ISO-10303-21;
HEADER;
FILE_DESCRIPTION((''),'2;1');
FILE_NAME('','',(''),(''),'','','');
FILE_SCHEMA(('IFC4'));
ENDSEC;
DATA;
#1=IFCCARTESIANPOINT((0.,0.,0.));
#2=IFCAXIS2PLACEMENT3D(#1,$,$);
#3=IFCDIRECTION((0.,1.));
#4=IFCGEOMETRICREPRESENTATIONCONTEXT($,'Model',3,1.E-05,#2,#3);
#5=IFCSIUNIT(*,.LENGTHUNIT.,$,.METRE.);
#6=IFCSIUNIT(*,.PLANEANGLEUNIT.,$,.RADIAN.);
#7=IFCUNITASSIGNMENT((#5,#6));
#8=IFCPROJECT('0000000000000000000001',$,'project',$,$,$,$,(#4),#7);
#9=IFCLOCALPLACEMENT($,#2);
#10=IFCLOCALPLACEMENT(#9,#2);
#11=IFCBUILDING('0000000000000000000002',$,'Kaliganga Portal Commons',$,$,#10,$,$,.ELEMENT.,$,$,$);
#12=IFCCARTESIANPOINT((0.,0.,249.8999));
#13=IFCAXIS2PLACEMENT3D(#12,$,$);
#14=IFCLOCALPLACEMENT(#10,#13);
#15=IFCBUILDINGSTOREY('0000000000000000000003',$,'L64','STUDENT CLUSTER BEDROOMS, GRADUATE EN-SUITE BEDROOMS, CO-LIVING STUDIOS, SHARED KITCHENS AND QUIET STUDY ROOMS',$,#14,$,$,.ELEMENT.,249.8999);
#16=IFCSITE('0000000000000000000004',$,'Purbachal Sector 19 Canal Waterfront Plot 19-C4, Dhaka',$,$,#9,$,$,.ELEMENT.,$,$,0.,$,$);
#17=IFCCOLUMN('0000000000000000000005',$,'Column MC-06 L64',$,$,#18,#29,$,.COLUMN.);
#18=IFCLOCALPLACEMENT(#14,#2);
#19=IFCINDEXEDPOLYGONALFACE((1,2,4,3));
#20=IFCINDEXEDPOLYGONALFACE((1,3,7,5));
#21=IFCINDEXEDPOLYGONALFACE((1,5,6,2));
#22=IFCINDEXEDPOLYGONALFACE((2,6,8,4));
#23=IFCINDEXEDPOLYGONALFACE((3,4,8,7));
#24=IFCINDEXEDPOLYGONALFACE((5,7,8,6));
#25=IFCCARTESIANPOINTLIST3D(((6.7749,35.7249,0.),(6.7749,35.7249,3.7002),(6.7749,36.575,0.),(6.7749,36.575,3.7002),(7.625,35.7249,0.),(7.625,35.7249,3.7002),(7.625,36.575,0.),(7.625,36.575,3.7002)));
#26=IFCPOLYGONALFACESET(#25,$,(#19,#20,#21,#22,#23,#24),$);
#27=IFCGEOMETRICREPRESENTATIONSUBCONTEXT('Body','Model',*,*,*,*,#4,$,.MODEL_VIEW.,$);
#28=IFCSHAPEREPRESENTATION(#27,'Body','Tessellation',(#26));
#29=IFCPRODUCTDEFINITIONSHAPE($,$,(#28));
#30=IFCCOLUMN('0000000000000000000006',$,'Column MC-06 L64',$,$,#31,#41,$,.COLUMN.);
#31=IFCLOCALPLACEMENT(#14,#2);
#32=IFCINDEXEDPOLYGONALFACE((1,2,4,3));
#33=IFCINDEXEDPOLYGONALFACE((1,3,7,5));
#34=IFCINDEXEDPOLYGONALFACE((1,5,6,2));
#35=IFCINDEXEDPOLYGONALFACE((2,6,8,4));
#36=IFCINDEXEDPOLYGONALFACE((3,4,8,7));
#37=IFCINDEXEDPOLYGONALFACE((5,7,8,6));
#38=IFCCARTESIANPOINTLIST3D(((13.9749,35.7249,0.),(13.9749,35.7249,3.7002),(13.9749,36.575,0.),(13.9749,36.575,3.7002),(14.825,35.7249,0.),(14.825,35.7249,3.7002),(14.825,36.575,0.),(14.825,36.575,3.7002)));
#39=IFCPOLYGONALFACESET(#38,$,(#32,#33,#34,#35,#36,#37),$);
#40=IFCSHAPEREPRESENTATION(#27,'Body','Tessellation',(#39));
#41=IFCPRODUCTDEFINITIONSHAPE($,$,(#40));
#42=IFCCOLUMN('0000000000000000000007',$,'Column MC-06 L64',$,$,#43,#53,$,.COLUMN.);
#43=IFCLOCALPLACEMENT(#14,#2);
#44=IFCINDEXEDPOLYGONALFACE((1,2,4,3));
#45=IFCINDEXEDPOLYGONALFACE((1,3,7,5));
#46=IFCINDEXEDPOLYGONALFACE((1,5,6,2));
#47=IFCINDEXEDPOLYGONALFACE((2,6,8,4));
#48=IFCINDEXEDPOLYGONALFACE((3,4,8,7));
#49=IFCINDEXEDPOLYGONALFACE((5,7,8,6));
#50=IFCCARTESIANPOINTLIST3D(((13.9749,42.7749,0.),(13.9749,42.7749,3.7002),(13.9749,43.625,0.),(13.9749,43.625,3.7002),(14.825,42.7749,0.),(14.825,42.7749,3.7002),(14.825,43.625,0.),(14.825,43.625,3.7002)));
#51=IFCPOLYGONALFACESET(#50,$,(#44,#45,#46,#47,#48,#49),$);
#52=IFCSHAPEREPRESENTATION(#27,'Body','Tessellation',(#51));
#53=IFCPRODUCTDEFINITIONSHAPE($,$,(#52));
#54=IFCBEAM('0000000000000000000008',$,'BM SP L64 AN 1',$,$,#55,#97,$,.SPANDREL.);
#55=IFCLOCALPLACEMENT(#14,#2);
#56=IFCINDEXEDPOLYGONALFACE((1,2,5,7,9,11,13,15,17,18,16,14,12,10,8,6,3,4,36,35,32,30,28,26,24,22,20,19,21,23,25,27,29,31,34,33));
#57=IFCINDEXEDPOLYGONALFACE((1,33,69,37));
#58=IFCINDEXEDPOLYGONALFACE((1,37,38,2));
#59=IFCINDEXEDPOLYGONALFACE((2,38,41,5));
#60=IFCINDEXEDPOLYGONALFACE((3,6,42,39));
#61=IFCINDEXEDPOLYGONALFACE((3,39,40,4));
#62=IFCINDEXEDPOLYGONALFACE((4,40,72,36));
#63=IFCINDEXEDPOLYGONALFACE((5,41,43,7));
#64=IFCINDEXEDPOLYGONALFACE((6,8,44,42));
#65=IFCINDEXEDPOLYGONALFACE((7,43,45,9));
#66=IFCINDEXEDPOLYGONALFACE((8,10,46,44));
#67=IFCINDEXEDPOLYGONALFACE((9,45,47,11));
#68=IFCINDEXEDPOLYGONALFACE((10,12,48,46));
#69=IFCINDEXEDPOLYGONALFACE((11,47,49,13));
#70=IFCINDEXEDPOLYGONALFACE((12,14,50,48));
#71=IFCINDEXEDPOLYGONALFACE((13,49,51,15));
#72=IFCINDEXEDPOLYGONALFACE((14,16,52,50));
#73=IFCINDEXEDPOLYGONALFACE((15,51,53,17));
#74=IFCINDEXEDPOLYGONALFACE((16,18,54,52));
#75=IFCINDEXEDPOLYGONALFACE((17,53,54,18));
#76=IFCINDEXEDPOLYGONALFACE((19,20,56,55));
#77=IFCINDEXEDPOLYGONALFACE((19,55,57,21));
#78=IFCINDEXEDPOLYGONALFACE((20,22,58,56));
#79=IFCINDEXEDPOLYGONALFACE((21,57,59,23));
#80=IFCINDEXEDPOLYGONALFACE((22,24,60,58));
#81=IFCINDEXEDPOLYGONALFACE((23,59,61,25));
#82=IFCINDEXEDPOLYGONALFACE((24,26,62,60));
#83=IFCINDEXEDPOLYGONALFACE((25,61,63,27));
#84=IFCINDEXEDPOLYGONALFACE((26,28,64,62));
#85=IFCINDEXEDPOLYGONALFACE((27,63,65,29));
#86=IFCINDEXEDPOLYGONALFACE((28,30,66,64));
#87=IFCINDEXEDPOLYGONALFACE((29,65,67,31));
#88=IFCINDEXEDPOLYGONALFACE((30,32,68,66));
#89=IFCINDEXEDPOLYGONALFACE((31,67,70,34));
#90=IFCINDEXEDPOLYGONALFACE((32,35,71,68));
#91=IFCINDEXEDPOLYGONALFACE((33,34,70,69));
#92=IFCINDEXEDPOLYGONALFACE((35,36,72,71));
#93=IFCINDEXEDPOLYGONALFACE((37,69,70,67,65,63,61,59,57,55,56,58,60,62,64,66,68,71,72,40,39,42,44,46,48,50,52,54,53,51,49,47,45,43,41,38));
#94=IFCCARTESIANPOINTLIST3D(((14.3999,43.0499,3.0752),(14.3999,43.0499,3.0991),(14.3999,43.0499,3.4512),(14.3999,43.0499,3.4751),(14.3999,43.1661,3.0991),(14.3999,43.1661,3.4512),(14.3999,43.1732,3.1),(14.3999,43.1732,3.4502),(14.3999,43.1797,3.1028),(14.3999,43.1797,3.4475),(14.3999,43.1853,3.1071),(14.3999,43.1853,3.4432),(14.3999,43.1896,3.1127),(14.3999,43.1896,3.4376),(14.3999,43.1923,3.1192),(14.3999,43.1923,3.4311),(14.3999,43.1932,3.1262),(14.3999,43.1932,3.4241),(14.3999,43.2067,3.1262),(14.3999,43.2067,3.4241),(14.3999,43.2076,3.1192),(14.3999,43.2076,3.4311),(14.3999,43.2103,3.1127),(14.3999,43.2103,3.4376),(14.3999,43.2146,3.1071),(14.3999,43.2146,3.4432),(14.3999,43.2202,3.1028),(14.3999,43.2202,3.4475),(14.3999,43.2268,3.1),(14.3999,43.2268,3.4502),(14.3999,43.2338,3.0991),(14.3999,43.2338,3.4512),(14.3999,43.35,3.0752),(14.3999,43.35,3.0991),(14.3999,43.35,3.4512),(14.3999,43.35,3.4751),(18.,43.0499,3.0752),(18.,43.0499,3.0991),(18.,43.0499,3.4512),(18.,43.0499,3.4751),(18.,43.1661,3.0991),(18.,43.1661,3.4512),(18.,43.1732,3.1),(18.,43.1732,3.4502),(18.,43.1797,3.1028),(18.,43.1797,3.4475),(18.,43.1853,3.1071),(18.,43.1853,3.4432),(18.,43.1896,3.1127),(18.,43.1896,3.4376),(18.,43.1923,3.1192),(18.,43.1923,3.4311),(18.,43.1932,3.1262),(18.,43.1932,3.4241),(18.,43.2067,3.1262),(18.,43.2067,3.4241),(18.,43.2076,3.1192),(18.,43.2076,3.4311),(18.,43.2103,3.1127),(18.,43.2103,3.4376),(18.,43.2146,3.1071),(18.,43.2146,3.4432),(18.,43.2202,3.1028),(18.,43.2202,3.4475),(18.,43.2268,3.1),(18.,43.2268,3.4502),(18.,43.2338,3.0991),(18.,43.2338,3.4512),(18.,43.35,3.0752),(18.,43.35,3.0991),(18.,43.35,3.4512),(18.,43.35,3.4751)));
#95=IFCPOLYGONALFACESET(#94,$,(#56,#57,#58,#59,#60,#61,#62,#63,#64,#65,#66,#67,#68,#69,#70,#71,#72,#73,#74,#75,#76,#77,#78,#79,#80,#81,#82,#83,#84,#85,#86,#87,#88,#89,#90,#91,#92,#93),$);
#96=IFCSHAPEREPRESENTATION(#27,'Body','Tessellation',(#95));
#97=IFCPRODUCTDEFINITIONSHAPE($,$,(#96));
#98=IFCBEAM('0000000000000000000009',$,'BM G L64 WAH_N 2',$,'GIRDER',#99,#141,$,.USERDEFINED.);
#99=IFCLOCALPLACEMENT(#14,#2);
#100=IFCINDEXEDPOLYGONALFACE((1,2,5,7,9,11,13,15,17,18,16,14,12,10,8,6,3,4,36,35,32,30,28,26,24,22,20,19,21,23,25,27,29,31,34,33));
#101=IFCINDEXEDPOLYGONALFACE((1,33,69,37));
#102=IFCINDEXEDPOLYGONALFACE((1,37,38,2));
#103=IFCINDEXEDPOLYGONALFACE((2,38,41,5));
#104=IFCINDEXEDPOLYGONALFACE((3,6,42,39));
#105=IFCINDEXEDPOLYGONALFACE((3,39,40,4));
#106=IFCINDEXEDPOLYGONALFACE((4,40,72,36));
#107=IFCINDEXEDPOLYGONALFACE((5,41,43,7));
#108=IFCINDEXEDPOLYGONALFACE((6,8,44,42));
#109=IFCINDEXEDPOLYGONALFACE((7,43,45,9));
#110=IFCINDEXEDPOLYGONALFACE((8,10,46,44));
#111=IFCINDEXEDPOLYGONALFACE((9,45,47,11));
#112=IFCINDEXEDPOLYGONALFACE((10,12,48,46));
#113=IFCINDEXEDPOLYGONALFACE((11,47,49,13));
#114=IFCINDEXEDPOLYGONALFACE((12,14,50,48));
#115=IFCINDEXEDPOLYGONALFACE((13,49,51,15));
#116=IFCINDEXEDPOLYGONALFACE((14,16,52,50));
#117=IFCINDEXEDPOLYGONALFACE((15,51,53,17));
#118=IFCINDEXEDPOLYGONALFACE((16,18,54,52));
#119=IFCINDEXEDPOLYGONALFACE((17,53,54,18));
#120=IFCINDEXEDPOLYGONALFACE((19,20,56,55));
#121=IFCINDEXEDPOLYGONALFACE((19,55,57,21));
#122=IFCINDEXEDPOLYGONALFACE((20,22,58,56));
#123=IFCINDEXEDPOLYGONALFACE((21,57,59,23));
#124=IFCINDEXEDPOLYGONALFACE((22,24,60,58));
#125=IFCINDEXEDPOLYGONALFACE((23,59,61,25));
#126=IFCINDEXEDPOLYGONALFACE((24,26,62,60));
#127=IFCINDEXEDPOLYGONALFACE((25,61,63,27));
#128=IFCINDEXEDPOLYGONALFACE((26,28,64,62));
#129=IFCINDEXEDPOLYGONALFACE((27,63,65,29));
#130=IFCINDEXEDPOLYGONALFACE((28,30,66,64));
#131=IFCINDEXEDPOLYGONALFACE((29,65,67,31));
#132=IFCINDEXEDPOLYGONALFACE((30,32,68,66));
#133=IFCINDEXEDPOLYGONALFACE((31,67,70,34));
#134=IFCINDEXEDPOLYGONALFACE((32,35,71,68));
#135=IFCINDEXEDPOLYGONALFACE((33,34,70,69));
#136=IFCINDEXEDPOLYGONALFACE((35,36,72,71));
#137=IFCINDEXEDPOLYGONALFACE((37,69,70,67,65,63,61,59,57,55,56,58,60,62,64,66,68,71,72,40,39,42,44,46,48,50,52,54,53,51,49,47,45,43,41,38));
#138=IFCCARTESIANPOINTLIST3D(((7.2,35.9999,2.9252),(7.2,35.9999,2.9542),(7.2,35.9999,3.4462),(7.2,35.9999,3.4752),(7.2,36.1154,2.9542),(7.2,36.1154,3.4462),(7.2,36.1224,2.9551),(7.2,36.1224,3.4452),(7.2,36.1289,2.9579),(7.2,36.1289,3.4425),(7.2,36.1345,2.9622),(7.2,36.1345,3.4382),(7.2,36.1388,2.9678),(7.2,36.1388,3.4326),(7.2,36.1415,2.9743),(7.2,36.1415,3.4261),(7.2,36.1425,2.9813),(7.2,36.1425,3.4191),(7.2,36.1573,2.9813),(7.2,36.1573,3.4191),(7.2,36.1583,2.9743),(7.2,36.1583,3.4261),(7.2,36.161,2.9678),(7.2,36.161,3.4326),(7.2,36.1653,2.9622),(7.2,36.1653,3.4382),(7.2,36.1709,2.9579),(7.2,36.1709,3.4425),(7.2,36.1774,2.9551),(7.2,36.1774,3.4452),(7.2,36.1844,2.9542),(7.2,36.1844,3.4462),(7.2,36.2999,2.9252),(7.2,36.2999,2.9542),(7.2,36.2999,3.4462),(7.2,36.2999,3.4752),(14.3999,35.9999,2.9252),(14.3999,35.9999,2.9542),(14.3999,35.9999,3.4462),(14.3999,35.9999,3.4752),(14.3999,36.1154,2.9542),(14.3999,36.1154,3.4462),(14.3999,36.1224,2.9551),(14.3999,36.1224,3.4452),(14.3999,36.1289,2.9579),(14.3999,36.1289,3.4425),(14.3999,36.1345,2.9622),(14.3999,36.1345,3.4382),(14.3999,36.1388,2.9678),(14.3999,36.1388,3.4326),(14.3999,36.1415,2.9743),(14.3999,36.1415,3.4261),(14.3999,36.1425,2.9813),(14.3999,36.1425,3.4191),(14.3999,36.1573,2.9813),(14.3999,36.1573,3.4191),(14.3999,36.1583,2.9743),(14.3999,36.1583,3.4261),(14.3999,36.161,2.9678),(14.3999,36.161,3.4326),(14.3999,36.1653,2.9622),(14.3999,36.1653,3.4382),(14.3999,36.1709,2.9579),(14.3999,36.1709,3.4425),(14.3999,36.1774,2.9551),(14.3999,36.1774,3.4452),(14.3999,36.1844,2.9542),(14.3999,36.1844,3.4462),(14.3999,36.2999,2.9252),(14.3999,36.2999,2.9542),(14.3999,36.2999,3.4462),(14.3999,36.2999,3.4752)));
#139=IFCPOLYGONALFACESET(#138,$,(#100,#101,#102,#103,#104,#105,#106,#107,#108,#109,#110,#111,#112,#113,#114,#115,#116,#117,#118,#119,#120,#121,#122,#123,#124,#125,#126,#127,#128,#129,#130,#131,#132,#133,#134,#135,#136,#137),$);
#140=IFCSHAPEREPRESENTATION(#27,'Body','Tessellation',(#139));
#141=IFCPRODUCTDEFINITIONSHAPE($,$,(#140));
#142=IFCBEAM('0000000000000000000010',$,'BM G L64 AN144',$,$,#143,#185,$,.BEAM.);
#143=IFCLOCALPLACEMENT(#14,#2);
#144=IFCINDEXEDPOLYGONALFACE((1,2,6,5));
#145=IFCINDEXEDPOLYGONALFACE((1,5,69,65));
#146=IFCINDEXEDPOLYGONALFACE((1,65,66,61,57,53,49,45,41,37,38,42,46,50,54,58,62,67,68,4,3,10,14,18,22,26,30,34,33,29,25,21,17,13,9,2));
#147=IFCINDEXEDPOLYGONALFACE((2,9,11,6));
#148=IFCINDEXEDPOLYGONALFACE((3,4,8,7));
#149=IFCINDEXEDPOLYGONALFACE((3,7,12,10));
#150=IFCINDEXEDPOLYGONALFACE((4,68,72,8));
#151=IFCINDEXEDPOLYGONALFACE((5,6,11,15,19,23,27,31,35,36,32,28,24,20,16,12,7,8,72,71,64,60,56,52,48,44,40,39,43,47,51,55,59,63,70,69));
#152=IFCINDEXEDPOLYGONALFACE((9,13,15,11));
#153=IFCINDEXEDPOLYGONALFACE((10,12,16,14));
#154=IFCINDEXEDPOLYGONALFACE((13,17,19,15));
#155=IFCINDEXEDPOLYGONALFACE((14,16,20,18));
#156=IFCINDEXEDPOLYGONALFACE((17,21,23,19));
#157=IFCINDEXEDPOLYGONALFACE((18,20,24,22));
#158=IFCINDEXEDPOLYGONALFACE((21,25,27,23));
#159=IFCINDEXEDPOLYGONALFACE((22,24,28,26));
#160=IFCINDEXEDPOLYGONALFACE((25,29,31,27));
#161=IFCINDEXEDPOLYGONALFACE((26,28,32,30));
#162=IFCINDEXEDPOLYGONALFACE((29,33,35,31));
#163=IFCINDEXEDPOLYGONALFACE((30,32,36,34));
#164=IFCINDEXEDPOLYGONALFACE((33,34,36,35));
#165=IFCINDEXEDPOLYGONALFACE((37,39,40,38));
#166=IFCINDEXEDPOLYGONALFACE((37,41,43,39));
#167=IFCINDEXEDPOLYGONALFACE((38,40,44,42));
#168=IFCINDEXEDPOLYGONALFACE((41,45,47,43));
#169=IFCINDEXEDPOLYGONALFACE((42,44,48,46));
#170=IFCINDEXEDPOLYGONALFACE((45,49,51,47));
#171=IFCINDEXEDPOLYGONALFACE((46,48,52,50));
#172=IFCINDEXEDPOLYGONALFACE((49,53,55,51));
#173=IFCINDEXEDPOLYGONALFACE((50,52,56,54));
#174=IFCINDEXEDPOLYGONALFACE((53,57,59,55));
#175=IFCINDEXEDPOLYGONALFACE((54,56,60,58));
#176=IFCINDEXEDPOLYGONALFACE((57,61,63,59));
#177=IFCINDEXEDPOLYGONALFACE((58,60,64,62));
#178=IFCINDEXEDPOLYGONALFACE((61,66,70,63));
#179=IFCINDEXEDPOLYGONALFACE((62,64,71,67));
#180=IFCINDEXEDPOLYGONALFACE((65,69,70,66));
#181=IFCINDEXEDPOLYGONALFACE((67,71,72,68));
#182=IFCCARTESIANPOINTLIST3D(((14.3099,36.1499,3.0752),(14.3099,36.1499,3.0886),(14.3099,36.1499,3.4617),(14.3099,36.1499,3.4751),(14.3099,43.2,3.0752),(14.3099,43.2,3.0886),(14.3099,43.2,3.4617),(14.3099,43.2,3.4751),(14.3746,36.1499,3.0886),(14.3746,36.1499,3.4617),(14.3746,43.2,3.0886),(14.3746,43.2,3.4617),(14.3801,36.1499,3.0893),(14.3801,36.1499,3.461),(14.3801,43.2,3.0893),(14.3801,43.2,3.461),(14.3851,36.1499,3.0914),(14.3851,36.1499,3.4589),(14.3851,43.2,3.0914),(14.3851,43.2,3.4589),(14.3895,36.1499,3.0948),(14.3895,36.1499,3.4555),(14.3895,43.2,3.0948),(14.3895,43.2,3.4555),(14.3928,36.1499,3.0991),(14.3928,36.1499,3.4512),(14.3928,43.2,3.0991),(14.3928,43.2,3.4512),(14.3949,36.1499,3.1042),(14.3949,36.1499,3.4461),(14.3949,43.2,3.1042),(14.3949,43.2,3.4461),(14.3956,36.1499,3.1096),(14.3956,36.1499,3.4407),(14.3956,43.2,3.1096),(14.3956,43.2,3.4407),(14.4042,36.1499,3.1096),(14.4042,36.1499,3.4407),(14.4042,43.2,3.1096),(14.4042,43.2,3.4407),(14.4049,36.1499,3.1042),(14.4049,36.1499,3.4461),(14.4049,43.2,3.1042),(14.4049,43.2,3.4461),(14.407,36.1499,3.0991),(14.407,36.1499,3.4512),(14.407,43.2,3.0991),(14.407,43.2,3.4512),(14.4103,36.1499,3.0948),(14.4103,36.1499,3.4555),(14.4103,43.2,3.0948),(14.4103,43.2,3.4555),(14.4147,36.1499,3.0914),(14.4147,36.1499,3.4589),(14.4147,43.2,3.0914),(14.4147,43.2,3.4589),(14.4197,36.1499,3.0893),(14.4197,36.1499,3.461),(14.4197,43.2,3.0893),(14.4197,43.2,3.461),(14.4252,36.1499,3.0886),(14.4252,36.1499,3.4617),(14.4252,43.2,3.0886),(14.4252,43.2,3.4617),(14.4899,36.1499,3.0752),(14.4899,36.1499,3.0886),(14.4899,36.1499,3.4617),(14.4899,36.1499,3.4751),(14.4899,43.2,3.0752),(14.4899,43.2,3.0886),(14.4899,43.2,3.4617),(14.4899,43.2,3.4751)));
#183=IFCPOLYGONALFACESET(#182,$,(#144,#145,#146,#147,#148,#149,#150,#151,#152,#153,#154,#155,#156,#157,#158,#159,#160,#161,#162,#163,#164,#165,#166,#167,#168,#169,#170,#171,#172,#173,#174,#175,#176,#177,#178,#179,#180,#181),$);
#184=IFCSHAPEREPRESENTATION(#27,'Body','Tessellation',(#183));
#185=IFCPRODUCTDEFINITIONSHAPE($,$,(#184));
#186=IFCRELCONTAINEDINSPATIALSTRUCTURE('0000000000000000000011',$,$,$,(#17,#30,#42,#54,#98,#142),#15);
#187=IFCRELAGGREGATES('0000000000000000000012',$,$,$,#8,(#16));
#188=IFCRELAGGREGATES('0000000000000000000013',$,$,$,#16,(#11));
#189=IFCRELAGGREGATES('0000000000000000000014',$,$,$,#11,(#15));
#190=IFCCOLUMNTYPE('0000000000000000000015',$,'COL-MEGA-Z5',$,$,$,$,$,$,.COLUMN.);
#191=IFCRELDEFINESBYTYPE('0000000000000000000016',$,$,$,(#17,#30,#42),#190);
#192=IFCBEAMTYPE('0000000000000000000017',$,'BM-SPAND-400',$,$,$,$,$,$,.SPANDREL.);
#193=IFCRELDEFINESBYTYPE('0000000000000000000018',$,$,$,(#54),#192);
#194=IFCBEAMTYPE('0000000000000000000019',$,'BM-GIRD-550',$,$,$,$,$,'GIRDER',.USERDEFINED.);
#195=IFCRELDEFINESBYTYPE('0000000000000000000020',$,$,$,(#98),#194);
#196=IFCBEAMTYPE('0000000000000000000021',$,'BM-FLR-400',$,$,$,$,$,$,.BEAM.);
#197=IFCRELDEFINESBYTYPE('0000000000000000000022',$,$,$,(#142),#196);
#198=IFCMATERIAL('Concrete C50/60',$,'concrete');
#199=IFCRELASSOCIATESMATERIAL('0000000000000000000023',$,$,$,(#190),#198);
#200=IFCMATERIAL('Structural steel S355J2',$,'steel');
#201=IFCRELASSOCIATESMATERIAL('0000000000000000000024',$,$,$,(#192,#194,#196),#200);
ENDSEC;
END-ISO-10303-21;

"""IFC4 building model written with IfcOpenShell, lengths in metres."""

from ifc_helpers import new_model, si_unit, direction, frame, origin, origin_2d, place, context, subcontext, project, spatial, rectangle, i_section, extrude, source, transform, mapped, material, material_profile, profile_set, type_object, element, save


model = new_model("IFC4")

# Units and contexts
model_context = context("Model", 3, precision=1e-05, world=origin(), true_north=direction((0.0, 1.0)))
body_context = subcontext(model_context, "Body", "Model", "MODEL_VIEW")
ifc_project = project(units=[si_unit("LENGTHUNIT", "METRE"), si_unit("PLANEANGLEUNIT", "RADIAN")], contexts=[model_context])

# Site, building, storey
site_placement = place(None, origin())
site = spatial("IfcSite", under=ifc_project, at=site_placement, Name="Purbachal Sector 19 Canal Waterfront Plot 19-C4, Dhaka", CompositionType="ELEMENT", RefElevation=0.0)
building_placement = place(site_placement, origin())
building = spatial("IfcBuilding", under=site, at=building_placement, Name="Kaliganga Portal Commons", CompositionType="ELEMENT")
storey_placement = place(building_placement, frame((0.0, 0.0, 249.8999)))
storey = spatial("IfcBuildingStorey", under=building, at=storey_placement, Name="L64", Description="STUDENT CLUSTER BEDROOMS, GRADUATE EN-SUITE BEDROOMS, CO-LIVING STUDIOS, SHARED KITCHENS AND QUIET STUDY ROOMS", CompositionType="ELEMENT", Elevation=249.8999)

# Columns
ifc_material_1 = material(Name="Concrete C50/60", Category="concrete")
ifc_material_profile_1 = material_profile(ifc_material_1, rectangle(XDim=0.8501, YDim=0.8501, at=origin_2d()), Name="RC 850x850")
ifc_profile_set_1 = profile_set([ifc_material_profile_1], Name="Concrete C50/60")
column_type = type_object("IfcColumnType", Name="COL-MEGA-Z5", PredefinedType="COLUMN", material=ifc_profile_set_1)
shared_shape_1 = source(origin(), body_context, "Body", "SweptSolid", [
    extrude(rectangle(XDim=0.8501, YDim=0.8501, at=origin_2d()), origin(), (0.0, 0.0, 1.0), 3.7002),
])
for number, where, z_axis, x_axis, name in (
    (1, (7.2, 36.1499, 0.0), (0.0, 0.0, 1.0), (1.0, 0.0, 0.0), "Column MC-06 L64"),
    (2, (14.3999, 36.1499, 0.0), (0.0, 0.0, 1.0), (1.0, 0.0, 0.0), "Column MC-06 L64"),
    (3, (14.3999, 43.2, 0.0), (0.0, 0.0, 1.0), (1.0, 0.0, 0.0), "Column MC-06 L64"),
):
    element("IfcColumn", number, at=place(storey_placement, frame(where, z_axis=z_axis, x_axis=x_axis)), inside=storey, type_object=column_type, Name=name, PredefinedType="COLUMN", context=body_context, shape_type="MappedRepresentation", body=[
        mapped(shared_shape_1, transform((0.0, 0.0, 0.0), x_axis=(1.0, 0.0, 0.0), y_axis=(0.0, 1.0, 0.0), z_axis=(0.0, 0.0, 1.0), scale=1.0)),
    ])

# Beams
ifc_material_2 = material(Name="Structural steel S355J2", Category="steel")
ifc_material_profile_2 = material_profile(ifc_material_2, i_section(OverallWidth=0.3, OverallDepth=0.3999, WebThickness=0.0134, FlangeThickness=0.0239, FilletRadius=0.0271, at=origin_2d()), Name="HE 400 B")
ifc_profile_set_2 = profile_set([ifc_material_profile_2], Name="Structural steel S355J2 wide-flange")
beam_type_1 = type_object("IfcBeamType", Name="BM-SPAND-400", PredefinedType="SPANDREL", material=ifc_profile_set_2)
shared_shape_2 = source(origin(), body_context, "Body", "SweptSolid", [
    extrude(i_section(OverallWidth=0.3, OverallDepth=0.3999, WebThickness=0.0134, FlangeThickness=0.0239, FilletRadius=0.0271, at=origin_2d()), origin(), (0.0, 0.0, 1.0), 3.6001),
])
beam_1_placement = place(storey_placement, frame((14.3999, 43.2, 3.2751), z_axis=(1.0, 0.0, 0.0), x_axis=(0.0, 1.0, 0.0)))
element("IfcBeam", 4, at=beam_1_placement, inside=storey, type_object=beam_type_1, Name="BM SP L64 AN 1", PredefinedType="SPANDREL", context=body_context, shape_type="MappedRepresentation", body=[
    mapped(shared_shape_2, transform((0.0, 0.0, 0.0), x_axis=(1.0, 0.0, 0.0), y_axis=(0.0, 1.0, 0.0), z_axis=(0.0, 0.0, 1.0), scale=1.0)),
])
ifc_material_profile_3 = material_profile(ifc_material_2, i_section(OverallWidth=0.3, OverallDepth=0.55, WebThickness=0.0149, FlangeThickness=0.0291, FilletRadius=0.0271, at=origin_2d()), Name="HE 550 B")
ifc_profile_set_3 = profile_set([ifc_material_profile_3], Name="Structural steel S355J2 wide-flange")
beam_type_2 = type_object("IfcBeamType", Name="BM-GIRD-550", ElementType="GIRDER", PredefinedType="USERDEFINED", material=ifc_profile_set_3)
shared_shape_3 = source(origin(), body_context, "Body", "SweptSolid", [
    extrude(i_section(OverallWidth=0.3, OverallDepth=0.55, WebThickness=0.0149, FlangeThickness=0.0291, FilletRadius=0.0271, at=origin_2d()), origin(), (0.0, 0.0, 1.0), 7.2),
])
beam_2_placement = place(storey_placement, frame((7.2, 36.1499, 3.2002), z_axis=(1.0, 0.0, 0.0), x_axis=(0.0, 1.0, 0.0)))
element("IfcBeam", 5, at=beam_2_placement, inside=storey, type_object=beam_type_2, Name="BM G L64 WAH_N 2", ObjectType="GIRDER", PredefinedType="USERDEFINED", context=body_context, shape_type="MappedRepresentation", body=[
    mapped(shared_shape_3, transform((0.0, 0.0, 0.0), x_axis=(1.0, 0.0, 0.0), y_axis=(0.0, 1.0, 0.0), z_axis=(0.0, 0.0, 1.0), scale=1.0)),
])
ifc_material_profile_4 = material_profile(ifc_material_2, i_section(OverallWidth=0.1799, OverallDepth=0.3999, WebThickness=0.0085, FlangeThickness=0.0134, FilletRadius=0.021, at=origin_2d()), Name="IPE 400")
ifc_profile_set_4 = profile_set([ifc_material_profile_4], Name="Structural steel S355J2 wide-flange")
beam_type_3 = type_object("IfcBeamType", Name="BM-FLR-400", PredefinedType="BEAM", material=ifc_profile_set_4)
shared_shape_4 = source(origin(), body_context, "Body", "SweptSolid", [
    extrude(i_section(OverallWidth=0.1799, OverallDepth=0.3999, WebThickness=0.0085, FlangeThickness=0.0134, FilletRadius=0.021, at=origin_2d()), origin(), (0.0, 0.0, 1.0), 7.05),
])
beam_3_placement = place(storey_placement, frame((14.3999, 36.1499, 3.2751), z_axis=(0.0, 1.0, 0.0), x_axis=(-1.0, 0.0, 0.0)))
element("IfcBeam", 6, at=beam_3_placement, inside=storey, type_object=beam_type_3, Name="BM G L64 AN144", PredefinedType="BEAM", context=body_context, shape_type="MappedRepresentation", body=[
    mapped(shared_shape_4, transform((0.0, 0.0, 0.0), x_axis=(1.0, 0.0, 0.0), y_axis=(0.0, 1.0, 0.0), z_axis=(0.0, 0.0, 1.0), scale=1.0)),
])

save(model, "model.ifc")
